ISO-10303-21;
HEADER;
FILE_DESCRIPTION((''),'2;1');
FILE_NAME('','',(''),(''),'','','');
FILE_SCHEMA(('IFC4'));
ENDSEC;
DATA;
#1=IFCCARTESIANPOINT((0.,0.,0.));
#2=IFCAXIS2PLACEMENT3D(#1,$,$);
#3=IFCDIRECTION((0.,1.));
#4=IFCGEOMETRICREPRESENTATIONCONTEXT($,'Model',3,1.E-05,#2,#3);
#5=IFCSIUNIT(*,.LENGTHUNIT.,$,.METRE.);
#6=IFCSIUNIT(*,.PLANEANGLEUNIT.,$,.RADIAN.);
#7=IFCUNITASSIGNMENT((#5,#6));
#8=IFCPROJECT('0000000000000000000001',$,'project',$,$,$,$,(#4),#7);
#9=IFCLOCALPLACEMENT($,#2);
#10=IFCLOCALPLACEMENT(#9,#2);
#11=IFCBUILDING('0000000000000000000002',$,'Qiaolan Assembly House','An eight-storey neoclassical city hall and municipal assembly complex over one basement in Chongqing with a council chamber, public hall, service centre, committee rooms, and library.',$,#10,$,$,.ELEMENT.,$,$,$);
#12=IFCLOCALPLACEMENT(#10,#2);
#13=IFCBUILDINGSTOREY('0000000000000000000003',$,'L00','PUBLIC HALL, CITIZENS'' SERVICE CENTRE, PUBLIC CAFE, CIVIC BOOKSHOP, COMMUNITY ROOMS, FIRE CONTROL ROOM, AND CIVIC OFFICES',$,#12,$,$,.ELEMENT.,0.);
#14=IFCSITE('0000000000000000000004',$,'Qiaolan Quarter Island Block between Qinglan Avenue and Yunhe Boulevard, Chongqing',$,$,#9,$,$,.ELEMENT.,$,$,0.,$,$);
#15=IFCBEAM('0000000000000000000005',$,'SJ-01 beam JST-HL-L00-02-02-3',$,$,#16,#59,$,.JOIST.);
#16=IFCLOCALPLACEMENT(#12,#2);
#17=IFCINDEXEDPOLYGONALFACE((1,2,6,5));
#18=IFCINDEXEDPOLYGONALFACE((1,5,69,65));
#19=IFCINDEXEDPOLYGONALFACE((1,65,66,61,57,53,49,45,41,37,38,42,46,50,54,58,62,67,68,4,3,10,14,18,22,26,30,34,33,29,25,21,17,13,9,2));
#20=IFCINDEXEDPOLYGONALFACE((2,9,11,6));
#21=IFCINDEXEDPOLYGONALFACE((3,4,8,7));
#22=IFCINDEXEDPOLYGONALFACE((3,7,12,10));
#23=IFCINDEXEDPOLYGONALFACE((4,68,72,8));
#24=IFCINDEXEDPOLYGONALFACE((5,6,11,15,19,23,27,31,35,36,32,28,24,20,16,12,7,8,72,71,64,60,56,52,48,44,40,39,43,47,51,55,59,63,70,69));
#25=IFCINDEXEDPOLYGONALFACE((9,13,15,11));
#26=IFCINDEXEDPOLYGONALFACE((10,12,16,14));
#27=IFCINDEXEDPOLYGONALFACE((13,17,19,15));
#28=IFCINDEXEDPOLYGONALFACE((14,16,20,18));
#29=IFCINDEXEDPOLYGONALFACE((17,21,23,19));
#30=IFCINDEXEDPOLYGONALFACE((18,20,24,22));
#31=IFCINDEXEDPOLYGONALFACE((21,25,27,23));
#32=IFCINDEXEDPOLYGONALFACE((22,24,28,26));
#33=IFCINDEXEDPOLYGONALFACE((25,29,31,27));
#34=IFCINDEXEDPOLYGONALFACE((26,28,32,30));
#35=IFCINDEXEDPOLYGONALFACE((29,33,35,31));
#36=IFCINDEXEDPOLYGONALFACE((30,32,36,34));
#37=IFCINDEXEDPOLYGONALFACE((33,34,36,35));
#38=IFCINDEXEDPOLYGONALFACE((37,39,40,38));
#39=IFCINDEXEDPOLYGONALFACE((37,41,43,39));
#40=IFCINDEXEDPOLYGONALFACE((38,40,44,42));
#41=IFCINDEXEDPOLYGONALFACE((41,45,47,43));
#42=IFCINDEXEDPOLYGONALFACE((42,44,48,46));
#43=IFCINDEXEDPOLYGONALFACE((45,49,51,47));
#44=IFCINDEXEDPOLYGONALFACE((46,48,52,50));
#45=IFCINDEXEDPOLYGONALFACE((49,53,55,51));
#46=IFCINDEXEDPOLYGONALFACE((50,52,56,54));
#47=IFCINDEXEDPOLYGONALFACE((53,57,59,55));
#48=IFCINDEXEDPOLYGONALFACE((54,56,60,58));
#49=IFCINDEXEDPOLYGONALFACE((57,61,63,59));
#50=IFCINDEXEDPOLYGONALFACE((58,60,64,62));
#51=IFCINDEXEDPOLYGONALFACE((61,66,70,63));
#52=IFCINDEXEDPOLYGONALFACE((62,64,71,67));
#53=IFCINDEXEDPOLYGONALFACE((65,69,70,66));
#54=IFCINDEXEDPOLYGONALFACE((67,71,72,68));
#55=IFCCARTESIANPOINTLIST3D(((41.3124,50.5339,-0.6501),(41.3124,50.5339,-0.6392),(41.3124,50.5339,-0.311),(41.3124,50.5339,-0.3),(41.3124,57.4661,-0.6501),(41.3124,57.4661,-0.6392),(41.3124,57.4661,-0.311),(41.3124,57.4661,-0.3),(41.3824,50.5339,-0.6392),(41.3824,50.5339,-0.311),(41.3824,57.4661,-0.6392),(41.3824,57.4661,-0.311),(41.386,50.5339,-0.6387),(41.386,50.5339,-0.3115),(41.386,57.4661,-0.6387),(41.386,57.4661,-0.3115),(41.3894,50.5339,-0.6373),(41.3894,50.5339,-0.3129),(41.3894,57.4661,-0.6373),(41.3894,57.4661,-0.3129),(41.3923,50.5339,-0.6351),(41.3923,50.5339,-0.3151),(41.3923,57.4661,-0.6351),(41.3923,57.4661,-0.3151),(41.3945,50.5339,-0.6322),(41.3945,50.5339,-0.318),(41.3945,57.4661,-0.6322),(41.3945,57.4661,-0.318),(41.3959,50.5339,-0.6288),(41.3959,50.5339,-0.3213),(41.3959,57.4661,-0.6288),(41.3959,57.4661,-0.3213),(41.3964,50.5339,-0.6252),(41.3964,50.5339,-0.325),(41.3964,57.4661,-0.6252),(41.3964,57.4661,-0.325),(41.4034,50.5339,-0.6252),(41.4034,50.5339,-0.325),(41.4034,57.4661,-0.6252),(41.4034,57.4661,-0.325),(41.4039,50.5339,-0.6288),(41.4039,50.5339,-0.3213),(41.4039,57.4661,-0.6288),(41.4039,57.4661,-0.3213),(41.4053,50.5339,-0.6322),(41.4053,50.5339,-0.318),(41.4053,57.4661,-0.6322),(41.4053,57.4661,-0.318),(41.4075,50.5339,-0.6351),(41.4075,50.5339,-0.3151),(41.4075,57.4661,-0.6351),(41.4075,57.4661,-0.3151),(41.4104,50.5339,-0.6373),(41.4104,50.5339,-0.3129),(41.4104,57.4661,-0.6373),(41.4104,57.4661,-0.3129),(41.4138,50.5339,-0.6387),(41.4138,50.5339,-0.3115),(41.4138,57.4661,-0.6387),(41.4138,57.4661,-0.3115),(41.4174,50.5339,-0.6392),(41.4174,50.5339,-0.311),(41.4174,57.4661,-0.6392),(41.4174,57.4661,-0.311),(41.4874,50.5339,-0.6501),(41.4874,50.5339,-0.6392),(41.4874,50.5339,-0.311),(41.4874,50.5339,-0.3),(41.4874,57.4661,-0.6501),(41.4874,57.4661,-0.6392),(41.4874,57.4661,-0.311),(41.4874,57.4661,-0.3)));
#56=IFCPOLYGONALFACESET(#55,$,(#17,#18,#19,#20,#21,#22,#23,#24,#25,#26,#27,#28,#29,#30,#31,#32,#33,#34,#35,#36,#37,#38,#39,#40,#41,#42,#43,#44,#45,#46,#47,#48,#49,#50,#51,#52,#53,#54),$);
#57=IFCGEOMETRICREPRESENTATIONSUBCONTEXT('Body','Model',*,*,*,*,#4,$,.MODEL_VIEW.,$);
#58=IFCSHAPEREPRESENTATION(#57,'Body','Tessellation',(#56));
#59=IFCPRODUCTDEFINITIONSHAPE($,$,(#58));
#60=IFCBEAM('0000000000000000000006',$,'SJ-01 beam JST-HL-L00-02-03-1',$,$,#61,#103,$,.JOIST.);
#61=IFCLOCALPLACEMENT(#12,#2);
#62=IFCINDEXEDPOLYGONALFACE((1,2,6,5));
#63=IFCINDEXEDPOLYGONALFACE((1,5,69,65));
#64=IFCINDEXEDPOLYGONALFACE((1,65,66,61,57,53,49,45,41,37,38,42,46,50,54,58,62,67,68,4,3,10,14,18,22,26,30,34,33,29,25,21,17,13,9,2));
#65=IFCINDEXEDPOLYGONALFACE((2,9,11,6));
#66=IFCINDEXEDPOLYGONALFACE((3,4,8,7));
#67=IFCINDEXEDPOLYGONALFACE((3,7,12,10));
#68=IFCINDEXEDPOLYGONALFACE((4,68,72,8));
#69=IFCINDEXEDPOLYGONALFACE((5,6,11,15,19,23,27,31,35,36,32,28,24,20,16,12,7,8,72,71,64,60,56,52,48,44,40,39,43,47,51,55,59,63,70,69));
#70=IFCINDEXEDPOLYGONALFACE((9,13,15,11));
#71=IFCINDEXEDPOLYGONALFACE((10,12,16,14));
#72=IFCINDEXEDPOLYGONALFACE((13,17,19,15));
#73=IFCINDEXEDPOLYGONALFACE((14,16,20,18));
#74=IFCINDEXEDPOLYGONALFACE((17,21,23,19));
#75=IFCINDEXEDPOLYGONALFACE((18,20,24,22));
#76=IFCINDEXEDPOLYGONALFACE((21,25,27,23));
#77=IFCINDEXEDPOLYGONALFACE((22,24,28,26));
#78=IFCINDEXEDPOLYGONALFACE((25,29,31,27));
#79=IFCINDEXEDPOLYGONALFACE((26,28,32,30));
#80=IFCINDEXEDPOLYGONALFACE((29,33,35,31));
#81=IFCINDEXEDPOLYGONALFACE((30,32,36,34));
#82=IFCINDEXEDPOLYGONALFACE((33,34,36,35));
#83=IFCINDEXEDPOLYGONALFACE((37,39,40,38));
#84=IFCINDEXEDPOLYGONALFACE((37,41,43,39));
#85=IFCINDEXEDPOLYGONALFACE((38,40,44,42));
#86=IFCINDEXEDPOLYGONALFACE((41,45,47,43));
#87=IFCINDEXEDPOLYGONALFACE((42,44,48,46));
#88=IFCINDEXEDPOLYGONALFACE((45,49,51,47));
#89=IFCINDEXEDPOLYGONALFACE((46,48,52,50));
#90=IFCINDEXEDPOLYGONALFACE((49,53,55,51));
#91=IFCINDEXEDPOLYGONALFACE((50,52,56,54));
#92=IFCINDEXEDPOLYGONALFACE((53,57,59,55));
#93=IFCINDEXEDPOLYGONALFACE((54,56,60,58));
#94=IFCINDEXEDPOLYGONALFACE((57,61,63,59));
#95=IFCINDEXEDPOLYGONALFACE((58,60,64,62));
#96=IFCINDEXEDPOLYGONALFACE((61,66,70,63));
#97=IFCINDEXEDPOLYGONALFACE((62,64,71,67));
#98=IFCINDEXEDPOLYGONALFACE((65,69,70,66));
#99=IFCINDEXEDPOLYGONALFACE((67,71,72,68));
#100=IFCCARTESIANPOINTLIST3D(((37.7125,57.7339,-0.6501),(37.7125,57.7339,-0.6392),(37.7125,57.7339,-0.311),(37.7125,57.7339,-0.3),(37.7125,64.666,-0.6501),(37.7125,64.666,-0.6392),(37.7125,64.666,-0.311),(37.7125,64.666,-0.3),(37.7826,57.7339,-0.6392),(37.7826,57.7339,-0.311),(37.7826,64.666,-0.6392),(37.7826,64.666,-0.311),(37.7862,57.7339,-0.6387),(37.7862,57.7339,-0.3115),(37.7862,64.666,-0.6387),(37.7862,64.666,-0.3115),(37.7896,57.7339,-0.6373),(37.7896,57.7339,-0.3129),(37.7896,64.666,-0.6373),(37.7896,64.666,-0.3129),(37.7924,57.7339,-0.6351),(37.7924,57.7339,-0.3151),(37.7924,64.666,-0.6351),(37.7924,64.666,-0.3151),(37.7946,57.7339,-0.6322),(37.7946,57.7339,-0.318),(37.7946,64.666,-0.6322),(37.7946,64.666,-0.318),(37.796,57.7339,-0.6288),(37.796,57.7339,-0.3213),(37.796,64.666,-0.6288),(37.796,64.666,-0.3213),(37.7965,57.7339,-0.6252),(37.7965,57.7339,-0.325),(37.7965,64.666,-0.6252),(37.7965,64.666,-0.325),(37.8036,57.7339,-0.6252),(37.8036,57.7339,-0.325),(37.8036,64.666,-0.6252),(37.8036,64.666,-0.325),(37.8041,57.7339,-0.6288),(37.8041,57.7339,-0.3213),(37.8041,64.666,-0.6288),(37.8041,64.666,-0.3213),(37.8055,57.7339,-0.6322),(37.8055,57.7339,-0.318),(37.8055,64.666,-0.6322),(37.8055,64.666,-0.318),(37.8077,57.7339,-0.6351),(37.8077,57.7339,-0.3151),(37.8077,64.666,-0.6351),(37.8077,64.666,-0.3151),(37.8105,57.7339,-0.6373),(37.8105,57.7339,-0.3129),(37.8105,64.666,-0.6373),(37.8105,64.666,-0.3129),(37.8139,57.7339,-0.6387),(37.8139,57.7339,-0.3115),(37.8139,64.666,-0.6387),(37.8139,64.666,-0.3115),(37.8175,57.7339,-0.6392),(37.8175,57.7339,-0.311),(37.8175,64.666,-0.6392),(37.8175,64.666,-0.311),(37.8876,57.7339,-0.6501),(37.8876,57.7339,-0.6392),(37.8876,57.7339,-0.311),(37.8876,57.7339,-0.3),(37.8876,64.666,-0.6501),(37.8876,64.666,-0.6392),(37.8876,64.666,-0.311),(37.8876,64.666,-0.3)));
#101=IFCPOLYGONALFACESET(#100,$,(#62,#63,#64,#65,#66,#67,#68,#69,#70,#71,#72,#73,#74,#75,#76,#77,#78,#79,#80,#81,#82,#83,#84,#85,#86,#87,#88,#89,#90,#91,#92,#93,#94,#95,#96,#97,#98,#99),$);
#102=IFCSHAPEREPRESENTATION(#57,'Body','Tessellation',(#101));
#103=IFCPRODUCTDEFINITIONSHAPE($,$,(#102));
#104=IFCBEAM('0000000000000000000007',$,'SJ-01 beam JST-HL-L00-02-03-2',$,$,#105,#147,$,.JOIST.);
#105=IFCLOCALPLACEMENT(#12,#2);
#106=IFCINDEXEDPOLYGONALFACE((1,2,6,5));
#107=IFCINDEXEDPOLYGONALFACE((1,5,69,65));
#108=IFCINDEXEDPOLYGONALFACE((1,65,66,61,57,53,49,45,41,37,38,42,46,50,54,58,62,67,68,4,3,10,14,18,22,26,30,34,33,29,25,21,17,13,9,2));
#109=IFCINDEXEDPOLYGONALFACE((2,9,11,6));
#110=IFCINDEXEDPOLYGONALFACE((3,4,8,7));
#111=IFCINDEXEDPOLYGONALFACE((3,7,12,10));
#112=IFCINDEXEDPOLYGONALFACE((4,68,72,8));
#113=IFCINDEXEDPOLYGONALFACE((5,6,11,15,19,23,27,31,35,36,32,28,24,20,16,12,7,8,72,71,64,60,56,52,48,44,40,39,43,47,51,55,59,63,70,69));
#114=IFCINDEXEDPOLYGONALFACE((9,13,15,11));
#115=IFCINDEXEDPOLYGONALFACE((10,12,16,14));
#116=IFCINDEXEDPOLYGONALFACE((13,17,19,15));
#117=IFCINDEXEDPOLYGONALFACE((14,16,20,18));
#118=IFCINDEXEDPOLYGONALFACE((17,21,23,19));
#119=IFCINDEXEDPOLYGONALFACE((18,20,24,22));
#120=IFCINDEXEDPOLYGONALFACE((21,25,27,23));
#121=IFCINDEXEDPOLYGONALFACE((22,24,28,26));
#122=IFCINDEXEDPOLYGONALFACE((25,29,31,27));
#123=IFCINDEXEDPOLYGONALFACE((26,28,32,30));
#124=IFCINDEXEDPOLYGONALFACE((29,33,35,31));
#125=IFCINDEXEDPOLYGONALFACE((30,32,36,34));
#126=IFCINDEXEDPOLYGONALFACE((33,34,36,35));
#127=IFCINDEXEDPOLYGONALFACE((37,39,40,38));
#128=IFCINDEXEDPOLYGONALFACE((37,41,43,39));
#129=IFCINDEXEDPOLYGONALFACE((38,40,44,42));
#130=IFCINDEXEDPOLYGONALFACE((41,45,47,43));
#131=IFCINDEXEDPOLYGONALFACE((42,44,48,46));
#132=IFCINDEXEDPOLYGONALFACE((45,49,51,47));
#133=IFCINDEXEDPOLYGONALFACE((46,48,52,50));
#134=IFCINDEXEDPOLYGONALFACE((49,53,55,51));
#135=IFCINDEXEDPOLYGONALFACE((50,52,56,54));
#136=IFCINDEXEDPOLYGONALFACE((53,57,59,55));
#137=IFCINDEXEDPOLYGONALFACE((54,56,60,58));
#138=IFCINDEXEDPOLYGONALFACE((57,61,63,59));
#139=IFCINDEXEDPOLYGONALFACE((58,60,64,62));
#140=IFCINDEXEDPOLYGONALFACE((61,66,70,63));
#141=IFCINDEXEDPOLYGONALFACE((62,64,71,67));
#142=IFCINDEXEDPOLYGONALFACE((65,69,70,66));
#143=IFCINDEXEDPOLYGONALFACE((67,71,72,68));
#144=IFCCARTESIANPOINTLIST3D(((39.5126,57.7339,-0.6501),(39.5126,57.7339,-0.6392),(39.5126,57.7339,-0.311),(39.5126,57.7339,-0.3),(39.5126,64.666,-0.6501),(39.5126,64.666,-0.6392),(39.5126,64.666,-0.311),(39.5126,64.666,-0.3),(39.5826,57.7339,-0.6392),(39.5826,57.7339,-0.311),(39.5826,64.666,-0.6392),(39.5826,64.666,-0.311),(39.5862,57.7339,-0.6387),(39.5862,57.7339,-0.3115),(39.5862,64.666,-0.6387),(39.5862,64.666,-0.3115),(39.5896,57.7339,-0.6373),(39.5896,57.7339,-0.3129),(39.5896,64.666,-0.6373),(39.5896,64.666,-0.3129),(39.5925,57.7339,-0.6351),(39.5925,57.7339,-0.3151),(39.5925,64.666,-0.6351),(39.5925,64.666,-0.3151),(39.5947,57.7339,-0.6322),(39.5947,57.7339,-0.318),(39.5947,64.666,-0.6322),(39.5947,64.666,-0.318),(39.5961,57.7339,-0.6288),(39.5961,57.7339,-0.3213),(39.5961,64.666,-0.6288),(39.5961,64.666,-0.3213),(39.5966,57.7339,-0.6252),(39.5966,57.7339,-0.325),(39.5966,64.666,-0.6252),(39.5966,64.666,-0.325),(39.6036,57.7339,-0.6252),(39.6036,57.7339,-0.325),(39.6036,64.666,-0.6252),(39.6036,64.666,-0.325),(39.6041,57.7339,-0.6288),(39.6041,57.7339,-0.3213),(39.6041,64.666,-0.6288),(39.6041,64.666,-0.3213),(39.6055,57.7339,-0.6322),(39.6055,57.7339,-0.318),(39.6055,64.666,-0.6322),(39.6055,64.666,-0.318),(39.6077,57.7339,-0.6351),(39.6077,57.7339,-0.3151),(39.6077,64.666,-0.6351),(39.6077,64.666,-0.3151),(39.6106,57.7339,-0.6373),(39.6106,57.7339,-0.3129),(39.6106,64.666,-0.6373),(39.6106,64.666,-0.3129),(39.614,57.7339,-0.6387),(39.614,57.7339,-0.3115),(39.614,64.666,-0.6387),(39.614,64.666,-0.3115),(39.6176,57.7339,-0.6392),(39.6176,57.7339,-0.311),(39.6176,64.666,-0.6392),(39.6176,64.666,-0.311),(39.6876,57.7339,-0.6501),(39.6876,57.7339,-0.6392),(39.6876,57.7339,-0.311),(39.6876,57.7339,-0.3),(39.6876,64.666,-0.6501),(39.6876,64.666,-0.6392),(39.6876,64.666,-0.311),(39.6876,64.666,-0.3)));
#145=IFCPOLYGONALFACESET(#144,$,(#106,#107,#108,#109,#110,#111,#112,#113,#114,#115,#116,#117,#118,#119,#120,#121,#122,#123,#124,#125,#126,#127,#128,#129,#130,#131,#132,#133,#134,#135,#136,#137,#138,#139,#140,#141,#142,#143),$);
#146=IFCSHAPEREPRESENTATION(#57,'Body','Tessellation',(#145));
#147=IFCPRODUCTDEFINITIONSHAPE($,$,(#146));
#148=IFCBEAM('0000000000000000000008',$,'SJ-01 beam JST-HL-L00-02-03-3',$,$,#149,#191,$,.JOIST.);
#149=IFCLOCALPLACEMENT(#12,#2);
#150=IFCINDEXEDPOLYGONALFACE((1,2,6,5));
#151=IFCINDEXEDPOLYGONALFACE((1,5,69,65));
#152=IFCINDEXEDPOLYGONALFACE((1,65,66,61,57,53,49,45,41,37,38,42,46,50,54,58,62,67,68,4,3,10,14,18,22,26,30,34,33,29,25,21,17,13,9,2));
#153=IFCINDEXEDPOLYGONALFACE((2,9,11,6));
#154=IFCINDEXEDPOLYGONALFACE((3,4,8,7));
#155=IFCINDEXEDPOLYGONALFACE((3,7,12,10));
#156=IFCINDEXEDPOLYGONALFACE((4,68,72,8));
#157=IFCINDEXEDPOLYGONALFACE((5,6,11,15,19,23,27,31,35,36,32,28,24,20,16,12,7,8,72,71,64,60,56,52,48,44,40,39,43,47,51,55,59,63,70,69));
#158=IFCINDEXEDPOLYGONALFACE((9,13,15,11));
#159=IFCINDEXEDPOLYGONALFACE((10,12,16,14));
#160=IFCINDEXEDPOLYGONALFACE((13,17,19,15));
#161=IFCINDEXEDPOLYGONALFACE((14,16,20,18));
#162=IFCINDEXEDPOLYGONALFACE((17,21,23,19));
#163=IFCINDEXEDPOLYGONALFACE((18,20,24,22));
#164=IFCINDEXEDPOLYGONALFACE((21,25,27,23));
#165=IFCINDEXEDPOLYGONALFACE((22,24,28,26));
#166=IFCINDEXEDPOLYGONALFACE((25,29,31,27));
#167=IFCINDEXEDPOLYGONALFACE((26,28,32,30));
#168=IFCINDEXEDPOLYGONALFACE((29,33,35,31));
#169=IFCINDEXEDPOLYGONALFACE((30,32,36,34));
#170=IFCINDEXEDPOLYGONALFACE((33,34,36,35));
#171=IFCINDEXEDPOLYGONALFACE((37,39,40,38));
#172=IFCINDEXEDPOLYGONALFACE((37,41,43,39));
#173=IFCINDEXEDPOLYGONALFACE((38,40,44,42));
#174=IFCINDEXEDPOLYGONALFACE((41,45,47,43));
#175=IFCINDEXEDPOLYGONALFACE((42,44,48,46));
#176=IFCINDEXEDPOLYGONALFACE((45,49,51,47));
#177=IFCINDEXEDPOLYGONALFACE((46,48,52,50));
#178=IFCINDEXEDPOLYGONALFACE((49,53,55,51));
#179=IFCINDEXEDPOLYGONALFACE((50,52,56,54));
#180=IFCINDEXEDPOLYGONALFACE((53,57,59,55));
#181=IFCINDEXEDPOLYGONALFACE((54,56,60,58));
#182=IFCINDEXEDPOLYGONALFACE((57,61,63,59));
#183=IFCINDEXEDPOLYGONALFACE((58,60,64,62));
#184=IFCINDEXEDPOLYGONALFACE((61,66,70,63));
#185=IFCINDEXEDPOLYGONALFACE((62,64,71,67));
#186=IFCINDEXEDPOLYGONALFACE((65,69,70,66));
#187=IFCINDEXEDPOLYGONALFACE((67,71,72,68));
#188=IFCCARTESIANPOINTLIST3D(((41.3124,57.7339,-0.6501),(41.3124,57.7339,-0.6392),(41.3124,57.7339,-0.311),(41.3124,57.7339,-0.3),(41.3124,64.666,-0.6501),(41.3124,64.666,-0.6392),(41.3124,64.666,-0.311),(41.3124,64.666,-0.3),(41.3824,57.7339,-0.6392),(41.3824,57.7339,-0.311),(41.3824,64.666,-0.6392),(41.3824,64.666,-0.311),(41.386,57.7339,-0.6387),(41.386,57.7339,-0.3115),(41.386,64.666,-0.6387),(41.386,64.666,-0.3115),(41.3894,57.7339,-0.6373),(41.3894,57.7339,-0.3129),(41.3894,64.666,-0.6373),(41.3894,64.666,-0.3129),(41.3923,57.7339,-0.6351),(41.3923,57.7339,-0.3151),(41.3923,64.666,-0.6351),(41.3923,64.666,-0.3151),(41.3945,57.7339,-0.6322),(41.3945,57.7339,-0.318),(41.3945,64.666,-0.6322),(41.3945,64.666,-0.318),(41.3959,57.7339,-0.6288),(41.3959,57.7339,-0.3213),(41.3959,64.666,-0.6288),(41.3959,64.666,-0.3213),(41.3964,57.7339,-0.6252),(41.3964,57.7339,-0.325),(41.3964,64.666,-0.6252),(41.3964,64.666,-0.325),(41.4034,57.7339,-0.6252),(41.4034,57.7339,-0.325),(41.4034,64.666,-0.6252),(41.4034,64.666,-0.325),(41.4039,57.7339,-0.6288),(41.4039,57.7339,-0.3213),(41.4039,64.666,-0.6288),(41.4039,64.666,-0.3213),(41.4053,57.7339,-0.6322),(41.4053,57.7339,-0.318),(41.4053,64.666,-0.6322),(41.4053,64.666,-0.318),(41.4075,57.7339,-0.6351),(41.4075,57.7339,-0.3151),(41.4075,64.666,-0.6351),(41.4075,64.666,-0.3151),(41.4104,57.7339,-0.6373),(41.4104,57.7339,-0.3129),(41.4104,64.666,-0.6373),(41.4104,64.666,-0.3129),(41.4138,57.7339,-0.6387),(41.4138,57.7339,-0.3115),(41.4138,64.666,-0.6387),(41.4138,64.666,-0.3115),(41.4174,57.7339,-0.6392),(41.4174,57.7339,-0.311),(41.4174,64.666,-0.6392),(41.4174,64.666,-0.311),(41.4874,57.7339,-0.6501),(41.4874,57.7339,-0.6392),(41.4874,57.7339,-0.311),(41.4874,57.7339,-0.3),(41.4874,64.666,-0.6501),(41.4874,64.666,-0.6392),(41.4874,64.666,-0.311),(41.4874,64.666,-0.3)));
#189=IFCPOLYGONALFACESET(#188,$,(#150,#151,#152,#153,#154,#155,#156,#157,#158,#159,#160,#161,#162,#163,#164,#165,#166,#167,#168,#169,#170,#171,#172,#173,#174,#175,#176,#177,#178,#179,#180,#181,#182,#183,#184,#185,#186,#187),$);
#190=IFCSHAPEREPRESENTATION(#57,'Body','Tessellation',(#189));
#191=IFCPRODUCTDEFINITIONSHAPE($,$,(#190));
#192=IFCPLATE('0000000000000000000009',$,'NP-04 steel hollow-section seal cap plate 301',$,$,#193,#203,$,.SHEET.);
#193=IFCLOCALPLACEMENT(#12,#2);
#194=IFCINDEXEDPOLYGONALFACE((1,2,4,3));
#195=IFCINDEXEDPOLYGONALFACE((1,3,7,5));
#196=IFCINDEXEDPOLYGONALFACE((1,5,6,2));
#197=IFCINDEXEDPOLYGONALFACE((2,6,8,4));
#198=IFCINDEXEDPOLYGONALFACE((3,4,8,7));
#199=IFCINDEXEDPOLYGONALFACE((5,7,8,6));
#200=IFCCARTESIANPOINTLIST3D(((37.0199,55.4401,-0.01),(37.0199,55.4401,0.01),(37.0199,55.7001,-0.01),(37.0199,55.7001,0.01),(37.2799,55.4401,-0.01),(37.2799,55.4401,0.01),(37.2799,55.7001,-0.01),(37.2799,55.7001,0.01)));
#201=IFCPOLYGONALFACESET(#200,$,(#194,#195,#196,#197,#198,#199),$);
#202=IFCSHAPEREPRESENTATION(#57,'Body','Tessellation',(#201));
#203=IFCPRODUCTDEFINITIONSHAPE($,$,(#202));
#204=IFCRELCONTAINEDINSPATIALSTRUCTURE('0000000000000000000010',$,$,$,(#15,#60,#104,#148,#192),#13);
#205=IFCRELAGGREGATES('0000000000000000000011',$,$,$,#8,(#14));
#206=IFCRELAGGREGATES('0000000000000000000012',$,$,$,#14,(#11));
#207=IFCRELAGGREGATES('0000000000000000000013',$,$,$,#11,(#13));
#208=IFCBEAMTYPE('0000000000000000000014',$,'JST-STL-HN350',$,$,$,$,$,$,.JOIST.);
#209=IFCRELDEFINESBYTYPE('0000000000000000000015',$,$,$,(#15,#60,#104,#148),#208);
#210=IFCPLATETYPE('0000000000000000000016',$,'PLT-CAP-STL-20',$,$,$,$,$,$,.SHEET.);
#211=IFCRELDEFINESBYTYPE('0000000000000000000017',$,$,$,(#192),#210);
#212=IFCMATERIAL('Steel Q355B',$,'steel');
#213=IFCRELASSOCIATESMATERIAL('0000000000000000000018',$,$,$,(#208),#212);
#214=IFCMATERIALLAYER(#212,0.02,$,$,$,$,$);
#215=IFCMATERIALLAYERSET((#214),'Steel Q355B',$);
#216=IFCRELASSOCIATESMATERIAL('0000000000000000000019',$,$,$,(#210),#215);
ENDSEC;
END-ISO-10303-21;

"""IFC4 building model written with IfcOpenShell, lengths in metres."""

from ifc_helpers import new_model, si_unit, direction, frame, origin, origin_2d, place, context, subcontext, project, spatial, rectangle, i_section, extrude, material, layer, layer_set, material_profile, profile_set, type_object, element, save


model = new_model("IFC4")

# Units and contexts
model_context = context("Model", 3, precision=1e-05, world=origin(), true_north=direction((0.0, 1.0)))
body_context = subcontext(model_context, "Body", "Model", "MODEL_VIEW")
ifc_project = project(units=[si_unit("LENGTHUNIT", "METRE"), si_unit("PLANEANGLEUNIT", "RADIAN")], contexts=[model_context])

# Site, building, storey
site_placement = place(None, origin())
site = spatial("IfcSite", under=ifc_project, at=site_placement, Name="Qiaolan Quarter Island Block between Qinglan Avenue and Yunhe Boulevard, Chongqing", CompositionType="ELEMENT", RefElevation=0.0)
building_placement = place(site_placement, origin())
building = spatial("IfcBuilding", under=site, at=building_placement, Name="Qiaolan Assembly House", Description="An eight-storey neoclassical city hall and municipal assembly complex over one basement in Chongqing with a council chamber, public hall, service centre, committee rooms, and library.", CompositionType="ELEMENT")
storey_placement = place(building_placement, origin())
storey = spatial("IfcBuildingStorey", under=building, at=storey_placement, Name="L00", Description="PUBLIC HALL, CITIZENS' SERVICE CENTRE, PUBLIC CAFE, CIVIC BOOKSHOP, COMMUNITY ROOMS, FIRE CONTROL ROOM, AND CIVIC OFFICES", CompositionType="ELEMENT", Elevation=0.0)

# Shared definitions
ifc_material_1 = material(Name="Steel Q355B", Category="steel")

# Beams
ifc_material_profile_1 = material_profile(ifc_material_1, i_section(OverallWidth=0.175, OverallDepth=0.3501, WebThickness=0.0071, FlangeThickness=0.011, FilletRadius=0.0139, at=origin_2d()), Name="HN 350x175x7x11")
ifc_profile_set_1 = profile_set([ifc_material_profile_1], Name="Steel Q355B")
beam_type = type_object("IfcBeamType", Name="JST-STL-HN350", PredefinedType="JOIST", material=ifc_profile_set_1)
for number, where, z_axis, x_axis, name in (
    (1, (41.3999, 50.5339, -0.4751), (0.0, 1.0, 0.0), (-1.0, 0.0, 0.0), "SJ-01 beam JST-HL-L00-02-02-3"),
    (2, (37.8, 57.7339, -0.4751), (0.0, 1.0, 0.0), (-1.0, 0.0, 0.0), "SJ-01 beam JST-HL-L00-02-03-1"),
    (3, (39.6001, 57.7339, -0.4751), (0.0, 1.0, 0.0), (-1.0, 0.0, 0.0), "SJ-01 beam JST-HL-L00-02-03-2"),
    (4, (41.3999, 57.7339, -0.4751), (0.0, 1.0, 0.0), (-1.0, 0.0, 0.0), "SJ-01 beam JST-HL-L00-02-03-3"),
):
    element("IfcBeam", number, at=place(storey_placement, frame(where, z_axis=z_axis, x_axis=x_axis)), inside=storey, type_object=beam_type, Name=name, PredefinedType="JOIST", context=body_context, shape_type="SweptSolid", body=[
        extrude(i_section(OverallWidth=0.175, OverallDepth=0.3501, WebThickness=0.0071, FlangeThickness=0.011, FilletRadius=0.0139, at=origin_2d()), origin(), (0.0, 0.0, 1.0), 6.9321),
    ])

# Plate
ifc_layer = layer(ifc_material_1, 0.02)
ifc_layer_set = layer_set([ifc_layer], Name="Steel Q355B")
plate_type = type_object("IfcPlateType", Name="PLT-CAP-STL-20", PredefinedType="SHEET", material=ifc_layer_set)
for number, where, z_axis, x_axis, name in (
    (5, (37.1499, 55.5701, -0.01), (0.0, 0.0, 1.0), (1.0, 0.0, 0.0), "NP-04 steel hollow-section seal cap plate 301"),
):
    element("IfcPlate", number, at=place(storey_placement, frame(where, z_axis=z_axis, x_axis=x_axis)), inside=storey, type_object=plate_type, Name=name, PredefinedType="SHEET", context=body_context, shape_type="SweptSolid", body=[
        extrude(rectangle(XDim=0.26, YDim=0.26, at=origin_2d()), origin(), (0.0, 0.0, 1.0), 0.02),
    ])

save(model, "model.ifc")
